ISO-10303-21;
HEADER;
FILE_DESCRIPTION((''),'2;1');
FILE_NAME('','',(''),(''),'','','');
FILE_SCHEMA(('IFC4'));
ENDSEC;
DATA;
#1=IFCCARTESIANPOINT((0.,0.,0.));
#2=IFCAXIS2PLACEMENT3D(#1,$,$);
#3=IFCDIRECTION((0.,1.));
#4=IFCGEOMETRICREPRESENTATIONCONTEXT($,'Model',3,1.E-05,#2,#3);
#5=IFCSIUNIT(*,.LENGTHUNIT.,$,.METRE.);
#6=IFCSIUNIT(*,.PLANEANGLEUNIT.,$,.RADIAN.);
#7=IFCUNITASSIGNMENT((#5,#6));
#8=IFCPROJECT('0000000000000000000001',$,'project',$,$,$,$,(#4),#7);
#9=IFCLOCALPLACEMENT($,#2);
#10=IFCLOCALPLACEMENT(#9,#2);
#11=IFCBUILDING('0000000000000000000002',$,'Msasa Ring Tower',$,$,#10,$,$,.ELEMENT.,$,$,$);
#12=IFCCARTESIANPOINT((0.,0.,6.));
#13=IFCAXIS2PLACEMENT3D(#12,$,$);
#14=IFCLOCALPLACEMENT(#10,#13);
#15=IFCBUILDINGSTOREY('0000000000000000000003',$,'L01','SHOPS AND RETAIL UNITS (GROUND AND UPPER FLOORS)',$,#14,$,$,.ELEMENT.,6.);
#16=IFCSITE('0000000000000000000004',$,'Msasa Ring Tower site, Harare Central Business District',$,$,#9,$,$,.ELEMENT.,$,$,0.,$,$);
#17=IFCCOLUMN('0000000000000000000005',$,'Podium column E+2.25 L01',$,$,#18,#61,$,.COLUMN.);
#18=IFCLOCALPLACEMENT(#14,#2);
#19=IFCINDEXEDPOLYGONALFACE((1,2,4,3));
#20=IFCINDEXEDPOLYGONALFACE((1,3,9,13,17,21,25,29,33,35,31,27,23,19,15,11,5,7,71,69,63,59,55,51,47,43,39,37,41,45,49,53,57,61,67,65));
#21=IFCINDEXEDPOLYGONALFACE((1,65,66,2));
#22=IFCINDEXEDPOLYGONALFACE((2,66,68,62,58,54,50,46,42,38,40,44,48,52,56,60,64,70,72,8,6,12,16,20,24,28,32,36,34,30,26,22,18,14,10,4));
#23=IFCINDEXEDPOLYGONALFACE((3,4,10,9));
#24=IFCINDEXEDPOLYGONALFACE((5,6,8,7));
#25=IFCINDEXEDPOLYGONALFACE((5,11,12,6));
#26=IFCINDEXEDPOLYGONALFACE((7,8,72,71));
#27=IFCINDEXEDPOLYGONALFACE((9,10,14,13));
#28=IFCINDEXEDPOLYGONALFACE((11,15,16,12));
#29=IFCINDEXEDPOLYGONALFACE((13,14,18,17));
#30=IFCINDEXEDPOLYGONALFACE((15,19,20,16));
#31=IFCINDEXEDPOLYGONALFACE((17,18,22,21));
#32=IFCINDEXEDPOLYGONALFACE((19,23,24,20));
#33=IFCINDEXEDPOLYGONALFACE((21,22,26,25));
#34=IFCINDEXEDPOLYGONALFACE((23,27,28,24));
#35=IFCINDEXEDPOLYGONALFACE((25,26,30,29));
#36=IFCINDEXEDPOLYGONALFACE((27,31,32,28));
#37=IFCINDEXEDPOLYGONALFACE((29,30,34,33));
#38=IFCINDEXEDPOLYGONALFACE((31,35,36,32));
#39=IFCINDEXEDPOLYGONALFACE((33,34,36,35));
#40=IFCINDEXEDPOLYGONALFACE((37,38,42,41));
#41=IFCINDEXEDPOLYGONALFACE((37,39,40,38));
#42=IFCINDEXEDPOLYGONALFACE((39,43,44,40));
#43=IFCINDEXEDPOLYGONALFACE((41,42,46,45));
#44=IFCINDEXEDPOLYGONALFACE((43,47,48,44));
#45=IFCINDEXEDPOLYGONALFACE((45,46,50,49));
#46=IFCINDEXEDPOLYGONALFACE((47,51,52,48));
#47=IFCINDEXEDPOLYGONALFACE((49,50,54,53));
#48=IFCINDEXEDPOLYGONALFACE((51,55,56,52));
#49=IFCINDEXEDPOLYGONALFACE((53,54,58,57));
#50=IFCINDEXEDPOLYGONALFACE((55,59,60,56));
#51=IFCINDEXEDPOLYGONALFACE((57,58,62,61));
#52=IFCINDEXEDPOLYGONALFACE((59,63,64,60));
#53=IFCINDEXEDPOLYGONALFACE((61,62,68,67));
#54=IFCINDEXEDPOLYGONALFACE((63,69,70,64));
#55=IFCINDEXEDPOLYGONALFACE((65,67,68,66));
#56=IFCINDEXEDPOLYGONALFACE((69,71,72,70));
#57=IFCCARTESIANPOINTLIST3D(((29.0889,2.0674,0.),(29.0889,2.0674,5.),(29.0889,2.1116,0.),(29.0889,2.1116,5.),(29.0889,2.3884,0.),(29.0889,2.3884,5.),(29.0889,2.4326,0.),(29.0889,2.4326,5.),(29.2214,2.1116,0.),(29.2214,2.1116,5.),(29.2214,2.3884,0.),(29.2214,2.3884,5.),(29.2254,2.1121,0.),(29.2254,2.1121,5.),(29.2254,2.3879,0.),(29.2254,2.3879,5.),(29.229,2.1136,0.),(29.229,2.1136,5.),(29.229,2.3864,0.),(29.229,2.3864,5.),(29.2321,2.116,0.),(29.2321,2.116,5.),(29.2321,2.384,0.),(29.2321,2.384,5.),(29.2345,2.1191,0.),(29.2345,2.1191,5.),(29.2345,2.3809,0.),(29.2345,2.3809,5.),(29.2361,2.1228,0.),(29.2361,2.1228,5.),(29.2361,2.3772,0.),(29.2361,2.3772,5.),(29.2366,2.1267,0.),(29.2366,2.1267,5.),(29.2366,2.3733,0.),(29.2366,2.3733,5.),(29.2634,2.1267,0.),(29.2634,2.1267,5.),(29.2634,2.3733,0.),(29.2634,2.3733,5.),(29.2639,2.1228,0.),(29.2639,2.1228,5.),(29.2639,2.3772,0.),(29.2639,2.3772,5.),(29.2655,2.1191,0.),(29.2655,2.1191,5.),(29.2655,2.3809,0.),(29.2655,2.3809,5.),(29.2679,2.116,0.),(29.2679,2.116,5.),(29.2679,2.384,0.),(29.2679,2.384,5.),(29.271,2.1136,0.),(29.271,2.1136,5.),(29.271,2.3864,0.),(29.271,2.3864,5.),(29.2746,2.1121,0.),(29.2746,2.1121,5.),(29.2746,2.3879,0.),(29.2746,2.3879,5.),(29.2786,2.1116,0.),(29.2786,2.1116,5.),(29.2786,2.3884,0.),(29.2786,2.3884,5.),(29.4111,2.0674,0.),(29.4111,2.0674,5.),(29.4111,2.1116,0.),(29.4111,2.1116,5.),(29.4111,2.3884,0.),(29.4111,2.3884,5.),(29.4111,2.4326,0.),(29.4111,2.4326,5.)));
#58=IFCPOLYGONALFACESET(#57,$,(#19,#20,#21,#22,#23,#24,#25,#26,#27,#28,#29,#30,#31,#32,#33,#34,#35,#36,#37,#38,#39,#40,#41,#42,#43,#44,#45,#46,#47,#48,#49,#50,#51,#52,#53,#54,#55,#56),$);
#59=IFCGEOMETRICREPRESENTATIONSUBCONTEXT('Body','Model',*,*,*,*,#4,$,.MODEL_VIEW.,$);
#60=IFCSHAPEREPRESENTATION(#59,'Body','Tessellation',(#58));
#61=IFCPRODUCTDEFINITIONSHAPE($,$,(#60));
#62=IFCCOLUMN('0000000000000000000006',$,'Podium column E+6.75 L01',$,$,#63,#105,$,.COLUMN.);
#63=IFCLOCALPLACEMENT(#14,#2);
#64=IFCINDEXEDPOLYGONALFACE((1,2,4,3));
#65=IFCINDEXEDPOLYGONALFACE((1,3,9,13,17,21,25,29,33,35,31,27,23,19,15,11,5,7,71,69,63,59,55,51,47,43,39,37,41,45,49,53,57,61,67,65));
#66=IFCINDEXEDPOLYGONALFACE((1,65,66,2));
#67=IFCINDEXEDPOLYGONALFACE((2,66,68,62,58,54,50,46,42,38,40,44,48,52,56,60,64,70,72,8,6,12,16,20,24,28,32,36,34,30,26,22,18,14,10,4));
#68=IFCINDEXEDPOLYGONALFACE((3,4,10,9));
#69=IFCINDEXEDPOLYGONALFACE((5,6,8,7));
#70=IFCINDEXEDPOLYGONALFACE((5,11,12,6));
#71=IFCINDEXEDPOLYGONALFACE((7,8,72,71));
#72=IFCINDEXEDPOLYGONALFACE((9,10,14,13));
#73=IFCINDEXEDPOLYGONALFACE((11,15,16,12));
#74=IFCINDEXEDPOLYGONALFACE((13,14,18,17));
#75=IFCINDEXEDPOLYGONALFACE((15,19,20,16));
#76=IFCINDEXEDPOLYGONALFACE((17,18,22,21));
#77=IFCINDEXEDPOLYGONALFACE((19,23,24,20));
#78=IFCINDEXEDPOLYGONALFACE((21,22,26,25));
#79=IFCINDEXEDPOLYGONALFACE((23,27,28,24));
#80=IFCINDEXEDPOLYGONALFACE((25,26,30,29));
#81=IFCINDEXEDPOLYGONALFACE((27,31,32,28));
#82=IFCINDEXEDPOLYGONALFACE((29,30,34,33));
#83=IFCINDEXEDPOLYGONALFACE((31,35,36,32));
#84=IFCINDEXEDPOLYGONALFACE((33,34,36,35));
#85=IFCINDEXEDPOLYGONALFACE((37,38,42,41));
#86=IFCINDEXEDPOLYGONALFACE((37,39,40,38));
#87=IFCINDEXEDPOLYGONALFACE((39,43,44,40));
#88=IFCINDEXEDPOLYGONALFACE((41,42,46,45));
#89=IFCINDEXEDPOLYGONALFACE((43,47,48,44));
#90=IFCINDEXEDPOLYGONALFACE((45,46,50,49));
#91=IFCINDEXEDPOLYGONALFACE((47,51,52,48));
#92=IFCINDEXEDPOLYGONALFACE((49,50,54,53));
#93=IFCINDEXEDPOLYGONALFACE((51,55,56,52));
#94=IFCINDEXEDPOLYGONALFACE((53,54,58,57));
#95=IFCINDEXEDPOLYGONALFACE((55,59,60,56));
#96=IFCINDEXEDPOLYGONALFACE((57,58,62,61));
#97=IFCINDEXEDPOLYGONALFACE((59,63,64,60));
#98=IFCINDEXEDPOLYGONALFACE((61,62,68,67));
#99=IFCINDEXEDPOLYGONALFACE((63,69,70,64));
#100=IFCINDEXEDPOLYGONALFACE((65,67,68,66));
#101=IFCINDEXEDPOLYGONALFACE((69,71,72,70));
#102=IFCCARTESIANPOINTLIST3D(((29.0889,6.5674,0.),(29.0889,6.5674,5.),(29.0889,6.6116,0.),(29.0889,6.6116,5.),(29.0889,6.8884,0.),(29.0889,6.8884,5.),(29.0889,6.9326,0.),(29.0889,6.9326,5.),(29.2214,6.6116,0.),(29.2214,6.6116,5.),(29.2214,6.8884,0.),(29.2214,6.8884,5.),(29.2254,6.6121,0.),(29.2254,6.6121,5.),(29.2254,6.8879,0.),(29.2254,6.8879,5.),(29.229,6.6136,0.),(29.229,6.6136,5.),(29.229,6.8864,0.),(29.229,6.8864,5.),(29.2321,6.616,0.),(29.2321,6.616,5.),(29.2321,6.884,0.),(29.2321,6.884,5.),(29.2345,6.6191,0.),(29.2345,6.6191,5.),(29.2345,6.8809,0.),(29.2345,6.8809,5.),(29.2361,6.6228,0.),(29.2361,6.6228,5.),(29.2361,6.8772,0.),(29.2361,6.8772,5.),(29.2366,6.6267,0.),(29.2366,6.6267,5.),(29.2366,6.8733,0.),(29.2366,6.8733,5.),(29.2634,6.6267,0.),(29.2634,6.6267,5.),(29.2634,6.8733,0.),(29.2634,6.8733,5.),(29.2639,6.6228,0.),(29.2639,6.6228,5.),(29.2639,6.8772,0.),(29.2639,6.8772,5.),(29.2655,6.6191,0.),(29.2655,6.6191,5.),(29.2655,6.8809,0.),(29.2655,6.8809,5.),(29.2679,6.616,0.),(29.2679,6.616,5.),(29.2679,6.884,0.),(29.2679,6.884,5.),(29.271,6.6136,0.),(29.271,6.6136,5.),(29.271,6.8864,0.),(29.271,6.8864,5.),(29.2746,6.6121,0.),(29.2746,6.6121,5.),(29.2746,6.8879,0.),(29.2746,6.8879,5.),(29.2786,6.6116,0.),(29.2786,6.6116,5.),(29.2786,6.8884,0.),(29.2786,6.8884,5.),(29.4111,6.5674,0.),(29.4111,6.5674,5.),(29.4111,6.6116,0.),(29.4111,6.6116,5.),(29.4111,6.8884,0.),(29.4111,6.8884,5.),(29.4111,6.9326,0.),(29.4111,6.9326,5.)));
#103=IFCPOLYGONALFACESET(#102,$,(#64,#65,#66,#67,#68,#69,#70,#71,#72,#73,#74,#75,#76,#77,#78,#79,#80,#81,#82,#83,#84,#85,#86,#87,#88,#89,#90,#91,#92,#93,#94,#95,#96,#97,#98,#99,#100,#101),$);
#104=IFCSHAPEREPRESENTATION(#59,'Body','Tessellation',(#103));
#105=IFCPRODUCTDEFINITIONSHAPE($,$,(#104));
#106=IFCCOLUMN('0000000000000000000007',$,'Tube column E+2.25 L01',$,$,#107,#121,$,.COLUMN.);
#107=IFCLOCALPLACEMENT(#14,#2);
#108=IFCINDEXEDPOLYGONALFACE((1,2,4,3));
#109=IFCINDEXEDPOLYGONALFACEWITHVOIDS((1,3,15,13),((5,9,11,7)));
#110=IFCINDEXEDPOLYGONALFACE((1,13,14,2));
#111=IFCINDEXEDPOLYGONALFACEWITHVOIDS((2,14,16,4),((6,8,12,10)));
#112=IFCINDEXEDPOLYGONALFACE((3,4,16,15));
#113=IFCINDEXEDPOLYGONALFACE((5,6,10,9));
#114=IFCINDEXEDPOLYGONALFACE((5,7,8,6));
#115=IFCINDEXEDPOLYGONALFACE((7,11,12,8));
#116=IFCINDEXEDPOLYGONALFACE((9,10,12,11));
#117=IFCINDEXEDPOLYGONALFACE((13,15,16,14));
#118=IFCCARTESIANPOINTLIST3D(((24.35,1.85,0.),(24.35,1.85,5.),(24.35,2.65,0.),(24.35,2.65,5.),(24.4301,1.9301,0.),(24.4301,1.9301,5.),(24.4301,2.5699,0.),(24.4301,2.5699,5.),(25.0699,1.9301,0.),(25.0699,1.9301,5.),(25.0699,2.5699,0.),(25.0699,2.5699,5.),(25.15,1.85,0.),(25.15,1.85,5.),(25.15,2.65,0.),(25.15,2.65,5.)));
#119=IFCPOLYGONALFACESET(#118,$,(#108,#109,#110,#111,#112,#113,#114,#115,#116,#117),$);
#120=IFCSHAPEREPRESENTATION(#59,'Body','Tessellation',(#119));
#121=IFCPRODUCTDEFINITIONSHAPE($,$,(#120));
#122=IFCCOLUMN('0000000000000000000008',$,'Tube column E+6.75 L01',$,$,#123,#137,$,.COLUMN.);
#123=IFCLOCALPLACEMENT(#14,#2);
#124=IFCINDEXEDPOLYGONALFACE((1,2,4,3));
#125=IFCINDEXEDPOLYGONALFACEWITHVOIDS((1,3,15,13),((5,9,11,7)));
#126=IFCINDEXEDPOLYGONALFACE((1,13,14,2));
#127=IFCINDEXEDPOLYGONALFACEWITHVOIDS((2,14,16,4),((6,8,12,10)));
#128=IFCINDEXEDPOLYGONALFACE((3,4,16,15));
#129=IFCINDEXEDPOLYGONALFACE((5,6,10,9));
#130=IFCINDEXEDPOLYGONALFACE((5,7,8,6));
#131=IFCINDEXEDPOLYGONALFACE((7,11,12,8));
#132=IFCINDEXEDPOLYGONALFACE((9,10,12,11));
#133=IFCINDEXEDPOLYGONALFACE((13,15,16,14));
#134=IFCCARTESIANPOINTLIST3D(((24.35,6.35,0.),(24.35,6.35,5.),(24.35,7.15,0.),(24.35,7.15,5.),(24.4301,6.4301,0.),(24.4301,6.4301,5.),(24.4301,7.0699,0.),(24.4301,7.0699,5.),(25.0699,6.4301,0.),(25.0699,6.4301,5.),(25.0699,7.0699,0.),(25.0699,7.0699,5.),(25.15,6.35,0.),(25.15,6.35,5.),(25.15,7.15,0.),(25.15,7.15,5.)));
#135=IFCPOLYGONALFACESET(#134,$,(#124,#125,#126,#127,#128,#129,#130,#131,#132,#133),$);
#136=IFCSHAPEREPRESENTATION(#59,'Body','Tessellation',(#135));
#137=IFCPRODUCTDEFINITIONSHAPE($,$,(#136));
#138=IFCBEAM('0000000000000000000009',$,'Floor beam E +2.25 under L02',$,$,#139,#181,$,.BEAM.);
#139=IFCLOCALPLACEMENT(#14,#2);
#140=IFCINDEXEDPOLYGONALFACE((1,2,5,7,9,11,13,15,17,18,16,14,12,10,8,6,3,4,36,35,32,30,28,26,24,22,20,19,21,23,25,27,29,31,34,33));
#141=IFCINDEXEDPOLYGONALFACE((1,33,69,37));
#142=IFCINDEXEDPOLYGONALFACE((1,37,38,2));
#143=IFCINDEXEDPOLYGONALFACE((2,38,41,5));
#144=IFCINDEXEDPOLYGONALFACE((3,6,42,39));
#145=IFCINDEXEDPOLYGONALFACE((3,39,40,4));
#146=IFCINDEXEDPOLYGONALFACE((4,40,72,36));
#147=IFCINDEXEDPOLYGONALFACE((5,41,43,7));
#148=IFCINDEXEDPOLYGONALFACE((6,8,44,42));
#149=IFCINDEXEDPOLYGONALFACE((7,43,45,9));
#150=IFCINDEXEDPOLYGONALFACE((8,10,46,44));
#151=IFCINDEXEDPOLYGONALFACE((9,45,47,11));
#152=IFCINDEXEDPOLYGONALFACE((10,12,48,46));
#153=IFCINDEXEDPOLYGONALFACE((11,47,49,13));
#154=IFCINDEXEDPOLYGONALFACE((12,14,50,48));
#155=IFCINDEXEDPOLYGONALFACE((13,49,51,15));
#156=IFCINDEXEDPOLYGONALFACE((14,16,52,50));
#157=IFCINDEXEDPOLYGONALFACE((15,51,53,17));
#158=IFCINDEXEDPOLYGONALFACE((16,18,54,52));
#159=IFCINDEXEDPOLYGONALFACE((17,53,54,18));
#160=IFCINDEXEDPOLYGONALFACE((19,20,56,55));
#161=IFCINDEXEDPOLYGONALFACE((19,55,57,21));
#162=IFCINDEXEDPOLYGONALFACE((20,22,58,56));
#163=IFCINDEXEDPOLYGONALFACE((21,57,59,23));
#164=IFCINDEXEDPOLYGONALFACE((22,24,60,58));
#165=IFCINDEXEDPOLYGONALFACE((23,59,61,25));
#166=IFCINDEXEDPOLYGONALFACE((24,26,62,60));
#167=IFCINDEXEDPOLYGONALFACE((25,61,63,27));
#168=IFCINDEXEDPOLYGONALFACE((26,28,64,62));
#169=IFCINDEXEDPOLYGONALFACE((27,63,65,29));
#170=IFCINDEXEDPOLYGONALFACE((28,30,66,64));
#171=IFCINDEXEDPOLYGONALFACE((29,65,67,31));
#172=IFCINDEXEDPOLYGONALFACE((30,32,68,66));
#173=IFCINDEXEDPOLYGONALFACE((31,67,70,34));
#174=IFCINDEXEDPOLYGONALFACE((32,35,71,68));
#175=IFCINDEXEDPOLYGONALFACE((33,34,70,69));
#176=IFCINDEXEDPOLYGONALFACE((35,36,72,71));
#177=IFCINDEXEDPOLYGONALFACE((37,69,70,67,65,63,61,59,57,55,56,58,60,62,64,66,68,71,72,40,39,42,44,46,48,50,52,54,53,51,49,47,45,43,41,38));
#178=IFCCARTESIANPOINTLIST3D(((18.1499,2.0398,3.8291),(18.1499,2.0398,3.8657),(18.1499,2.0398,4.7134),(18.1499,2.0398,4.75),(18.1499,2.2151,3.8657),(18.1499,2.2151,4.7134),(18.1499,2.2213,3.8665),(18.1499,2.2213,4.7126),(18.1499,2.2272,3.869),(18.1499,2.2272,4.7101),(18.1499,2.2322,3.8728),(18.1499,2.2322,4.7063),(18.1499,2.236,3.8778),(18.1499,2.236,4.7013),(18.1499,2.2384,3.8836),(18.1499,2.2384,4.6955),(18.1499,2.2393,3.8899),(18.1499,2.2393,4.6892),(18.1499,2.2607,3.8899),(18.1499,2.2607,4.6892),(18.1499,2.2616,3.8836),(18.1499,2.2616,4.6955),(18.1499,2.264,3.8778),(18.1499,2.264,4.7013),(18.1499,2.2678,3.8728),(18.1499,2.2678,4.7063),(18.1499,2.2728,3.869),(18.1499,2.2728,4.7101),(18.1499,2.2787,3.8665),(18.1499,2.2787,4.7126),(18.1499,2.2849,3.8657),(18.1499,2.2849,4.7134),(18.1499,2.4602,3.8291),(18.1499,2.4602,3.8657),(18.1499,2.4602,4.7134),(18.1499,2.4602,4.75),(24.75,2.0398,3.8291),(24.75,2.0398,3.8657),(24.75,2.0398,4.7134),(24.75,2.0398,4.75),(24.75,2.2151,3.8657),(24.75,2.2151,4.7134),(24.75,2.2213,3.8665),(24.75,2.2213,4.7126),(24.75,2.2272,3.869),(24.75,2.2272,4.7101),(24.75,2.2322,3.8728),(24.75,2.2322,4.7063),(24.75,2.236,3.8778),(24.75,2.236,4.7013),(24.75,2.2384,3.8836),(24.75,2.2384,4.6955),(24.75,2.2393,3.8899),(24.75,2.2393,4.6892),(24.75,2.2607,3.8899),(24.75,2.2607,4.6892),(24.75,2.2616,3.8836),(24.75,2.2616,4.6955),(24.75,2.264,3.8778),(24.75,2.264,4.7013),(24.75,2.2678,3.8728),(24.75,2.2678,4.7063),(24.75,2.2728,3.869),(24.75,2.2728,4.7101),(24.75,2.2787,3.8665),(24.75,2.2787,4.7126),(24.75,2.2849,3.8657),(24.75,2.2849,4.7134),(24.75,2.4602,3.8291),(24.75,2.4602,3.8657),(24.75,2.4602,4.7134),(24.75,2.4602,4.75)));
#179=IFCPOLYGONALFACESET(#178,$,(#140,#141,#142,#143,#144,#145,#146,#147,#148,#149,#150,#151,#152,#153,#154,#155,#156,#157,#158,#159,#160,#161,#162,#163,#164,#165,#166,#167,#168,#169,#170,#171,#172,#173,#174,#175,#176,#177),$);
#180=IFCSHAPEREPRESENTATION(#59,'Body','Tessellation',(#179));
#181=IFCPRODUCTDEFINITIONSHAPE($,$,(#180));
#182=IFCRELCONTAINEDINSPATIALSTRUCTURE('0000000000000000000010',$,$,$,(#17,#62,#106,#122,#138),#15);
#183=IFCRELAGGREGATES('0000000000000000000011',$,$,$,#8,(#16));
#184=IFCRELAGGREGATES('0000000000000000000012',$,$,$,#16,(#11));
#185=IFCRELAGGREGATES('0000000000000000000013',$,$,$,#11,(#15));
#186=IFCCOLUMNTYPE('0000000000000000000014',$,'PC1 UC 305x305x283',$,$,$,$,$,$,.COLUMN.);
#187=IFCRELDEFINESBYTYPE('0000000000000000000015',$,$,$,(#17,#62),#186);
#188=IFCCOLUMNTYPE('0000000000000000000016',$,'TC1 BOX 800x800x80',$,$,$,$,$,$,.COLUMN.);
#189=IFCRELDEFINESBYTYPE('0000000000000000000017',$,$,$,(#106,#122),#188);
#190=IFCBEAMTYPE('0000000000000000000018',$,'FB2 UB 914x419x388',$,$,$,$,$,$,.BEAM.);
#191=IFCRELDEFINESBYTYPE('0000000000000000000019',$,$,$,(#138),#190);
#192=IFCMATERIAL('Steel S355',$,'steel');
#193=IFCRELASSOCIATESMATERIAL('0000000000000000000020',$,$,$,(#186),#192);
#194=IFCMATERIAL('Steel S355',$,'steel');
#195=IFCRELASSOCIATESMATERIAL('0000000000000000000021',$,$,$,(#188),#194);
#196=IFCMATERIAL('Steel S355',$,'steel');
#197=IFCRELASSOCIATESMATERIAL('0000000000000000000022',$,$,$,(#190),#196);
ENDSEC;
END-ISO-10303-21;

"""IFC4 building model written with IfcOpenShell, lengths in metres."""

from ifc_helpers import new_model, si_unit, direction, frame, origin, origin_2d, place, context, subcontext, project, spatial, hollow_rectangle, i_section, extrude, material, material_profile, profile_set, type_object, element, save


model = new_model("IFC4")

# Units and contexts
model_context = context("Model", 3, precision=1e-05, world=origin(), true_north=direction((0.0, 1.0)))
body_context = subcontext(model_context, "Body", "Model", "MODEL_VIEW")
ifc_project = project(units=[si_unit("LENGTHUNIT", "METRE"), si_unit("PLANEANGLEUNIT", "RADIAN")], contexts=[model_context])

# Site, building, storey
site_placement = place(None, origin())
site = spatial("IfcSite", under=ifc_project, at=site_placement, Name="Msasa Ring Tower site, Harare Central Business District", CompositionType="ELEMENT", RefElevation=0.0)
building_placement = place(site_placement, origin())
building = spatial("IfcBuilding", under=site, at=building_placement, Name="Msasa Ring Tower", CompositionType="ELEMENT")
storey_placement = place(building_placement, frame((0.0, 0.0, 6.0)))
storey = spatial("IfcBuildingStorey", under=building, at=storey_placement, Name="L01", Description="SHOPS AND RETAIL UNITS (GROUND AND UPPER FLOORS)", CompositionType="ELEMENT", Elevation=6.0)

# Columns
ifc_material_1 = material(Name="Steel S355", Category="steel")
ifc_material_profile_1 = material_profile(ifc_material_1, i_section(OverallWidth=0.3223, OverallDepth=0.3652, WebThickness=0.0269, FlangeThickness=0.0442, FilletRadius=0.0151, at=origin_2d()), Name="UC 305x305x283")
ifc_profile_set_1 = profile_set([ifc_material_profile_1], Name="Steel S355")
column_type_1 = type_object("IfcColumnType", Name="PC1 UC 305x305x283", PredefinedType="COLUMN", material=ifc_profile_set_1)
for number, where, z_axis, x_axis, name in (
    (1, (29.25, 2.25, 0.0), (0.0, 0.0, 1.0), (1.0, 0.0, 0.0), "Podium column E+2.25 L01"),
    (2, (29.25, 6.75, 0.0), (0.0, 0.0, 1.0), (1.0, 0.0, 0.0), "Podium column E+6.75 L01"),
):
    element("IfcColumn", number, at=place(storey_placement, frame(where, z_axis=z_axis, x_axis=x_axis)), inside=storey, type_object=column_type_1, Name=name, PredefinedType="COLUMN", context=body_context, shape_type="SweptSolid", body=[
        extrude(i_section(OverallWidth=0.3223, OverallDepth=0.3652, WebThickness=0.0269, FlangeThickness=0.0442, FilletRadius=0.0151, at=origin_2d()), origin(), (0.0, 0.0, 1.0), 5.0),
    ])
ifc_material_2 = material(Name="Steel S355", Category="steel")
ifc_material_profile_2 = material_profile(ifc_material_2, hollow_rectangle(XDim=0.8, YDim=0.8, WallThickness=0.0801, at=origin_2d()), Name="BOX 800x800x80")
ifc_profile_set_2 = profile_set([ifc_material_profile_2], Name="Steel S355")
column_type_2 = type_object("IfcColumnType", Name="TC1 BOX 800x800x80", PredefinedType="COLUMN", material=ifc_profile_set_2)
for number, where, z_axis, x_axis, name in (
    (3, (24.75, 2.25, 0.0), (0.0, 0.0, 1.0), (1.0, 0.0, 0.0), "Tube column E+2.25 L01"),
    (4, (24.75, 6.75, 0.0), (0.0, 0.0, 1.0), (1.0, 0.0, 0.0), "Tube column E+6.75 L01"),
):
    element("IfcColumn", number, at=place(storey_placement, frame(where, z_axis=z_axis, x_axis=x_axis)), inside=storey, type_object=column_type_2, Name=name, PredefinedType="COLUMN", context=body_context, shape_type="SweptSolid", body=[
        extrude(hollow_rectangle(XDim=0.8, YDim=0.8, WallThickness=0.0801, at=origin_2d()), origin(), (0.0, 0.0, 1.0), 5.0),
    ])

# Beam
ifc_material_3 = material(Name="Steel S355", Category="steel")
ifc_material_profile_3 = material_profile(ifc_material_3, i_section(OverallWidth=0.4204, OverallDepth=0.9209, WebThickness=0.0215, FlangeThickness=0.0366, FilletRadius=0.0242, at=origin_2d()), Name="UB 914x419x388")
ifc_profile_set_3 = profile_set([ifc_material_profile_3], Name="Steel S355")
beam_type_1 = type_object("IfcBeamType", Name="FB2 UB 914x419x388", PredefinedType="BEAM", material=ifc_profile_set_3)
beam_placement = place(storey_placement, frame((24.75, 2.25, 4.2896), z_axis=(-1.0, 0.0, 0.0), x_axis=(0.0, -1.0, 0.0)))
element("IfcBeam", 5, at=beam_placement, inside=storey, type_object=beam_type_1, Name="Floor beam E +2.25 under L02", PredefinedType="BEAM", context=body_context, shape_type="SweptSolid", body=[
    extrude(i_section(OverallWidth=0.4204, OverallDepth=0.9209, WebThickness=0.0215, FlangeThickness=0.0366, FilletRadius=0.0242, at=origin_2d()), origin(), (0.0, 0.0, 1.0), 6.6001),
])

save(model, "model.ifc")
